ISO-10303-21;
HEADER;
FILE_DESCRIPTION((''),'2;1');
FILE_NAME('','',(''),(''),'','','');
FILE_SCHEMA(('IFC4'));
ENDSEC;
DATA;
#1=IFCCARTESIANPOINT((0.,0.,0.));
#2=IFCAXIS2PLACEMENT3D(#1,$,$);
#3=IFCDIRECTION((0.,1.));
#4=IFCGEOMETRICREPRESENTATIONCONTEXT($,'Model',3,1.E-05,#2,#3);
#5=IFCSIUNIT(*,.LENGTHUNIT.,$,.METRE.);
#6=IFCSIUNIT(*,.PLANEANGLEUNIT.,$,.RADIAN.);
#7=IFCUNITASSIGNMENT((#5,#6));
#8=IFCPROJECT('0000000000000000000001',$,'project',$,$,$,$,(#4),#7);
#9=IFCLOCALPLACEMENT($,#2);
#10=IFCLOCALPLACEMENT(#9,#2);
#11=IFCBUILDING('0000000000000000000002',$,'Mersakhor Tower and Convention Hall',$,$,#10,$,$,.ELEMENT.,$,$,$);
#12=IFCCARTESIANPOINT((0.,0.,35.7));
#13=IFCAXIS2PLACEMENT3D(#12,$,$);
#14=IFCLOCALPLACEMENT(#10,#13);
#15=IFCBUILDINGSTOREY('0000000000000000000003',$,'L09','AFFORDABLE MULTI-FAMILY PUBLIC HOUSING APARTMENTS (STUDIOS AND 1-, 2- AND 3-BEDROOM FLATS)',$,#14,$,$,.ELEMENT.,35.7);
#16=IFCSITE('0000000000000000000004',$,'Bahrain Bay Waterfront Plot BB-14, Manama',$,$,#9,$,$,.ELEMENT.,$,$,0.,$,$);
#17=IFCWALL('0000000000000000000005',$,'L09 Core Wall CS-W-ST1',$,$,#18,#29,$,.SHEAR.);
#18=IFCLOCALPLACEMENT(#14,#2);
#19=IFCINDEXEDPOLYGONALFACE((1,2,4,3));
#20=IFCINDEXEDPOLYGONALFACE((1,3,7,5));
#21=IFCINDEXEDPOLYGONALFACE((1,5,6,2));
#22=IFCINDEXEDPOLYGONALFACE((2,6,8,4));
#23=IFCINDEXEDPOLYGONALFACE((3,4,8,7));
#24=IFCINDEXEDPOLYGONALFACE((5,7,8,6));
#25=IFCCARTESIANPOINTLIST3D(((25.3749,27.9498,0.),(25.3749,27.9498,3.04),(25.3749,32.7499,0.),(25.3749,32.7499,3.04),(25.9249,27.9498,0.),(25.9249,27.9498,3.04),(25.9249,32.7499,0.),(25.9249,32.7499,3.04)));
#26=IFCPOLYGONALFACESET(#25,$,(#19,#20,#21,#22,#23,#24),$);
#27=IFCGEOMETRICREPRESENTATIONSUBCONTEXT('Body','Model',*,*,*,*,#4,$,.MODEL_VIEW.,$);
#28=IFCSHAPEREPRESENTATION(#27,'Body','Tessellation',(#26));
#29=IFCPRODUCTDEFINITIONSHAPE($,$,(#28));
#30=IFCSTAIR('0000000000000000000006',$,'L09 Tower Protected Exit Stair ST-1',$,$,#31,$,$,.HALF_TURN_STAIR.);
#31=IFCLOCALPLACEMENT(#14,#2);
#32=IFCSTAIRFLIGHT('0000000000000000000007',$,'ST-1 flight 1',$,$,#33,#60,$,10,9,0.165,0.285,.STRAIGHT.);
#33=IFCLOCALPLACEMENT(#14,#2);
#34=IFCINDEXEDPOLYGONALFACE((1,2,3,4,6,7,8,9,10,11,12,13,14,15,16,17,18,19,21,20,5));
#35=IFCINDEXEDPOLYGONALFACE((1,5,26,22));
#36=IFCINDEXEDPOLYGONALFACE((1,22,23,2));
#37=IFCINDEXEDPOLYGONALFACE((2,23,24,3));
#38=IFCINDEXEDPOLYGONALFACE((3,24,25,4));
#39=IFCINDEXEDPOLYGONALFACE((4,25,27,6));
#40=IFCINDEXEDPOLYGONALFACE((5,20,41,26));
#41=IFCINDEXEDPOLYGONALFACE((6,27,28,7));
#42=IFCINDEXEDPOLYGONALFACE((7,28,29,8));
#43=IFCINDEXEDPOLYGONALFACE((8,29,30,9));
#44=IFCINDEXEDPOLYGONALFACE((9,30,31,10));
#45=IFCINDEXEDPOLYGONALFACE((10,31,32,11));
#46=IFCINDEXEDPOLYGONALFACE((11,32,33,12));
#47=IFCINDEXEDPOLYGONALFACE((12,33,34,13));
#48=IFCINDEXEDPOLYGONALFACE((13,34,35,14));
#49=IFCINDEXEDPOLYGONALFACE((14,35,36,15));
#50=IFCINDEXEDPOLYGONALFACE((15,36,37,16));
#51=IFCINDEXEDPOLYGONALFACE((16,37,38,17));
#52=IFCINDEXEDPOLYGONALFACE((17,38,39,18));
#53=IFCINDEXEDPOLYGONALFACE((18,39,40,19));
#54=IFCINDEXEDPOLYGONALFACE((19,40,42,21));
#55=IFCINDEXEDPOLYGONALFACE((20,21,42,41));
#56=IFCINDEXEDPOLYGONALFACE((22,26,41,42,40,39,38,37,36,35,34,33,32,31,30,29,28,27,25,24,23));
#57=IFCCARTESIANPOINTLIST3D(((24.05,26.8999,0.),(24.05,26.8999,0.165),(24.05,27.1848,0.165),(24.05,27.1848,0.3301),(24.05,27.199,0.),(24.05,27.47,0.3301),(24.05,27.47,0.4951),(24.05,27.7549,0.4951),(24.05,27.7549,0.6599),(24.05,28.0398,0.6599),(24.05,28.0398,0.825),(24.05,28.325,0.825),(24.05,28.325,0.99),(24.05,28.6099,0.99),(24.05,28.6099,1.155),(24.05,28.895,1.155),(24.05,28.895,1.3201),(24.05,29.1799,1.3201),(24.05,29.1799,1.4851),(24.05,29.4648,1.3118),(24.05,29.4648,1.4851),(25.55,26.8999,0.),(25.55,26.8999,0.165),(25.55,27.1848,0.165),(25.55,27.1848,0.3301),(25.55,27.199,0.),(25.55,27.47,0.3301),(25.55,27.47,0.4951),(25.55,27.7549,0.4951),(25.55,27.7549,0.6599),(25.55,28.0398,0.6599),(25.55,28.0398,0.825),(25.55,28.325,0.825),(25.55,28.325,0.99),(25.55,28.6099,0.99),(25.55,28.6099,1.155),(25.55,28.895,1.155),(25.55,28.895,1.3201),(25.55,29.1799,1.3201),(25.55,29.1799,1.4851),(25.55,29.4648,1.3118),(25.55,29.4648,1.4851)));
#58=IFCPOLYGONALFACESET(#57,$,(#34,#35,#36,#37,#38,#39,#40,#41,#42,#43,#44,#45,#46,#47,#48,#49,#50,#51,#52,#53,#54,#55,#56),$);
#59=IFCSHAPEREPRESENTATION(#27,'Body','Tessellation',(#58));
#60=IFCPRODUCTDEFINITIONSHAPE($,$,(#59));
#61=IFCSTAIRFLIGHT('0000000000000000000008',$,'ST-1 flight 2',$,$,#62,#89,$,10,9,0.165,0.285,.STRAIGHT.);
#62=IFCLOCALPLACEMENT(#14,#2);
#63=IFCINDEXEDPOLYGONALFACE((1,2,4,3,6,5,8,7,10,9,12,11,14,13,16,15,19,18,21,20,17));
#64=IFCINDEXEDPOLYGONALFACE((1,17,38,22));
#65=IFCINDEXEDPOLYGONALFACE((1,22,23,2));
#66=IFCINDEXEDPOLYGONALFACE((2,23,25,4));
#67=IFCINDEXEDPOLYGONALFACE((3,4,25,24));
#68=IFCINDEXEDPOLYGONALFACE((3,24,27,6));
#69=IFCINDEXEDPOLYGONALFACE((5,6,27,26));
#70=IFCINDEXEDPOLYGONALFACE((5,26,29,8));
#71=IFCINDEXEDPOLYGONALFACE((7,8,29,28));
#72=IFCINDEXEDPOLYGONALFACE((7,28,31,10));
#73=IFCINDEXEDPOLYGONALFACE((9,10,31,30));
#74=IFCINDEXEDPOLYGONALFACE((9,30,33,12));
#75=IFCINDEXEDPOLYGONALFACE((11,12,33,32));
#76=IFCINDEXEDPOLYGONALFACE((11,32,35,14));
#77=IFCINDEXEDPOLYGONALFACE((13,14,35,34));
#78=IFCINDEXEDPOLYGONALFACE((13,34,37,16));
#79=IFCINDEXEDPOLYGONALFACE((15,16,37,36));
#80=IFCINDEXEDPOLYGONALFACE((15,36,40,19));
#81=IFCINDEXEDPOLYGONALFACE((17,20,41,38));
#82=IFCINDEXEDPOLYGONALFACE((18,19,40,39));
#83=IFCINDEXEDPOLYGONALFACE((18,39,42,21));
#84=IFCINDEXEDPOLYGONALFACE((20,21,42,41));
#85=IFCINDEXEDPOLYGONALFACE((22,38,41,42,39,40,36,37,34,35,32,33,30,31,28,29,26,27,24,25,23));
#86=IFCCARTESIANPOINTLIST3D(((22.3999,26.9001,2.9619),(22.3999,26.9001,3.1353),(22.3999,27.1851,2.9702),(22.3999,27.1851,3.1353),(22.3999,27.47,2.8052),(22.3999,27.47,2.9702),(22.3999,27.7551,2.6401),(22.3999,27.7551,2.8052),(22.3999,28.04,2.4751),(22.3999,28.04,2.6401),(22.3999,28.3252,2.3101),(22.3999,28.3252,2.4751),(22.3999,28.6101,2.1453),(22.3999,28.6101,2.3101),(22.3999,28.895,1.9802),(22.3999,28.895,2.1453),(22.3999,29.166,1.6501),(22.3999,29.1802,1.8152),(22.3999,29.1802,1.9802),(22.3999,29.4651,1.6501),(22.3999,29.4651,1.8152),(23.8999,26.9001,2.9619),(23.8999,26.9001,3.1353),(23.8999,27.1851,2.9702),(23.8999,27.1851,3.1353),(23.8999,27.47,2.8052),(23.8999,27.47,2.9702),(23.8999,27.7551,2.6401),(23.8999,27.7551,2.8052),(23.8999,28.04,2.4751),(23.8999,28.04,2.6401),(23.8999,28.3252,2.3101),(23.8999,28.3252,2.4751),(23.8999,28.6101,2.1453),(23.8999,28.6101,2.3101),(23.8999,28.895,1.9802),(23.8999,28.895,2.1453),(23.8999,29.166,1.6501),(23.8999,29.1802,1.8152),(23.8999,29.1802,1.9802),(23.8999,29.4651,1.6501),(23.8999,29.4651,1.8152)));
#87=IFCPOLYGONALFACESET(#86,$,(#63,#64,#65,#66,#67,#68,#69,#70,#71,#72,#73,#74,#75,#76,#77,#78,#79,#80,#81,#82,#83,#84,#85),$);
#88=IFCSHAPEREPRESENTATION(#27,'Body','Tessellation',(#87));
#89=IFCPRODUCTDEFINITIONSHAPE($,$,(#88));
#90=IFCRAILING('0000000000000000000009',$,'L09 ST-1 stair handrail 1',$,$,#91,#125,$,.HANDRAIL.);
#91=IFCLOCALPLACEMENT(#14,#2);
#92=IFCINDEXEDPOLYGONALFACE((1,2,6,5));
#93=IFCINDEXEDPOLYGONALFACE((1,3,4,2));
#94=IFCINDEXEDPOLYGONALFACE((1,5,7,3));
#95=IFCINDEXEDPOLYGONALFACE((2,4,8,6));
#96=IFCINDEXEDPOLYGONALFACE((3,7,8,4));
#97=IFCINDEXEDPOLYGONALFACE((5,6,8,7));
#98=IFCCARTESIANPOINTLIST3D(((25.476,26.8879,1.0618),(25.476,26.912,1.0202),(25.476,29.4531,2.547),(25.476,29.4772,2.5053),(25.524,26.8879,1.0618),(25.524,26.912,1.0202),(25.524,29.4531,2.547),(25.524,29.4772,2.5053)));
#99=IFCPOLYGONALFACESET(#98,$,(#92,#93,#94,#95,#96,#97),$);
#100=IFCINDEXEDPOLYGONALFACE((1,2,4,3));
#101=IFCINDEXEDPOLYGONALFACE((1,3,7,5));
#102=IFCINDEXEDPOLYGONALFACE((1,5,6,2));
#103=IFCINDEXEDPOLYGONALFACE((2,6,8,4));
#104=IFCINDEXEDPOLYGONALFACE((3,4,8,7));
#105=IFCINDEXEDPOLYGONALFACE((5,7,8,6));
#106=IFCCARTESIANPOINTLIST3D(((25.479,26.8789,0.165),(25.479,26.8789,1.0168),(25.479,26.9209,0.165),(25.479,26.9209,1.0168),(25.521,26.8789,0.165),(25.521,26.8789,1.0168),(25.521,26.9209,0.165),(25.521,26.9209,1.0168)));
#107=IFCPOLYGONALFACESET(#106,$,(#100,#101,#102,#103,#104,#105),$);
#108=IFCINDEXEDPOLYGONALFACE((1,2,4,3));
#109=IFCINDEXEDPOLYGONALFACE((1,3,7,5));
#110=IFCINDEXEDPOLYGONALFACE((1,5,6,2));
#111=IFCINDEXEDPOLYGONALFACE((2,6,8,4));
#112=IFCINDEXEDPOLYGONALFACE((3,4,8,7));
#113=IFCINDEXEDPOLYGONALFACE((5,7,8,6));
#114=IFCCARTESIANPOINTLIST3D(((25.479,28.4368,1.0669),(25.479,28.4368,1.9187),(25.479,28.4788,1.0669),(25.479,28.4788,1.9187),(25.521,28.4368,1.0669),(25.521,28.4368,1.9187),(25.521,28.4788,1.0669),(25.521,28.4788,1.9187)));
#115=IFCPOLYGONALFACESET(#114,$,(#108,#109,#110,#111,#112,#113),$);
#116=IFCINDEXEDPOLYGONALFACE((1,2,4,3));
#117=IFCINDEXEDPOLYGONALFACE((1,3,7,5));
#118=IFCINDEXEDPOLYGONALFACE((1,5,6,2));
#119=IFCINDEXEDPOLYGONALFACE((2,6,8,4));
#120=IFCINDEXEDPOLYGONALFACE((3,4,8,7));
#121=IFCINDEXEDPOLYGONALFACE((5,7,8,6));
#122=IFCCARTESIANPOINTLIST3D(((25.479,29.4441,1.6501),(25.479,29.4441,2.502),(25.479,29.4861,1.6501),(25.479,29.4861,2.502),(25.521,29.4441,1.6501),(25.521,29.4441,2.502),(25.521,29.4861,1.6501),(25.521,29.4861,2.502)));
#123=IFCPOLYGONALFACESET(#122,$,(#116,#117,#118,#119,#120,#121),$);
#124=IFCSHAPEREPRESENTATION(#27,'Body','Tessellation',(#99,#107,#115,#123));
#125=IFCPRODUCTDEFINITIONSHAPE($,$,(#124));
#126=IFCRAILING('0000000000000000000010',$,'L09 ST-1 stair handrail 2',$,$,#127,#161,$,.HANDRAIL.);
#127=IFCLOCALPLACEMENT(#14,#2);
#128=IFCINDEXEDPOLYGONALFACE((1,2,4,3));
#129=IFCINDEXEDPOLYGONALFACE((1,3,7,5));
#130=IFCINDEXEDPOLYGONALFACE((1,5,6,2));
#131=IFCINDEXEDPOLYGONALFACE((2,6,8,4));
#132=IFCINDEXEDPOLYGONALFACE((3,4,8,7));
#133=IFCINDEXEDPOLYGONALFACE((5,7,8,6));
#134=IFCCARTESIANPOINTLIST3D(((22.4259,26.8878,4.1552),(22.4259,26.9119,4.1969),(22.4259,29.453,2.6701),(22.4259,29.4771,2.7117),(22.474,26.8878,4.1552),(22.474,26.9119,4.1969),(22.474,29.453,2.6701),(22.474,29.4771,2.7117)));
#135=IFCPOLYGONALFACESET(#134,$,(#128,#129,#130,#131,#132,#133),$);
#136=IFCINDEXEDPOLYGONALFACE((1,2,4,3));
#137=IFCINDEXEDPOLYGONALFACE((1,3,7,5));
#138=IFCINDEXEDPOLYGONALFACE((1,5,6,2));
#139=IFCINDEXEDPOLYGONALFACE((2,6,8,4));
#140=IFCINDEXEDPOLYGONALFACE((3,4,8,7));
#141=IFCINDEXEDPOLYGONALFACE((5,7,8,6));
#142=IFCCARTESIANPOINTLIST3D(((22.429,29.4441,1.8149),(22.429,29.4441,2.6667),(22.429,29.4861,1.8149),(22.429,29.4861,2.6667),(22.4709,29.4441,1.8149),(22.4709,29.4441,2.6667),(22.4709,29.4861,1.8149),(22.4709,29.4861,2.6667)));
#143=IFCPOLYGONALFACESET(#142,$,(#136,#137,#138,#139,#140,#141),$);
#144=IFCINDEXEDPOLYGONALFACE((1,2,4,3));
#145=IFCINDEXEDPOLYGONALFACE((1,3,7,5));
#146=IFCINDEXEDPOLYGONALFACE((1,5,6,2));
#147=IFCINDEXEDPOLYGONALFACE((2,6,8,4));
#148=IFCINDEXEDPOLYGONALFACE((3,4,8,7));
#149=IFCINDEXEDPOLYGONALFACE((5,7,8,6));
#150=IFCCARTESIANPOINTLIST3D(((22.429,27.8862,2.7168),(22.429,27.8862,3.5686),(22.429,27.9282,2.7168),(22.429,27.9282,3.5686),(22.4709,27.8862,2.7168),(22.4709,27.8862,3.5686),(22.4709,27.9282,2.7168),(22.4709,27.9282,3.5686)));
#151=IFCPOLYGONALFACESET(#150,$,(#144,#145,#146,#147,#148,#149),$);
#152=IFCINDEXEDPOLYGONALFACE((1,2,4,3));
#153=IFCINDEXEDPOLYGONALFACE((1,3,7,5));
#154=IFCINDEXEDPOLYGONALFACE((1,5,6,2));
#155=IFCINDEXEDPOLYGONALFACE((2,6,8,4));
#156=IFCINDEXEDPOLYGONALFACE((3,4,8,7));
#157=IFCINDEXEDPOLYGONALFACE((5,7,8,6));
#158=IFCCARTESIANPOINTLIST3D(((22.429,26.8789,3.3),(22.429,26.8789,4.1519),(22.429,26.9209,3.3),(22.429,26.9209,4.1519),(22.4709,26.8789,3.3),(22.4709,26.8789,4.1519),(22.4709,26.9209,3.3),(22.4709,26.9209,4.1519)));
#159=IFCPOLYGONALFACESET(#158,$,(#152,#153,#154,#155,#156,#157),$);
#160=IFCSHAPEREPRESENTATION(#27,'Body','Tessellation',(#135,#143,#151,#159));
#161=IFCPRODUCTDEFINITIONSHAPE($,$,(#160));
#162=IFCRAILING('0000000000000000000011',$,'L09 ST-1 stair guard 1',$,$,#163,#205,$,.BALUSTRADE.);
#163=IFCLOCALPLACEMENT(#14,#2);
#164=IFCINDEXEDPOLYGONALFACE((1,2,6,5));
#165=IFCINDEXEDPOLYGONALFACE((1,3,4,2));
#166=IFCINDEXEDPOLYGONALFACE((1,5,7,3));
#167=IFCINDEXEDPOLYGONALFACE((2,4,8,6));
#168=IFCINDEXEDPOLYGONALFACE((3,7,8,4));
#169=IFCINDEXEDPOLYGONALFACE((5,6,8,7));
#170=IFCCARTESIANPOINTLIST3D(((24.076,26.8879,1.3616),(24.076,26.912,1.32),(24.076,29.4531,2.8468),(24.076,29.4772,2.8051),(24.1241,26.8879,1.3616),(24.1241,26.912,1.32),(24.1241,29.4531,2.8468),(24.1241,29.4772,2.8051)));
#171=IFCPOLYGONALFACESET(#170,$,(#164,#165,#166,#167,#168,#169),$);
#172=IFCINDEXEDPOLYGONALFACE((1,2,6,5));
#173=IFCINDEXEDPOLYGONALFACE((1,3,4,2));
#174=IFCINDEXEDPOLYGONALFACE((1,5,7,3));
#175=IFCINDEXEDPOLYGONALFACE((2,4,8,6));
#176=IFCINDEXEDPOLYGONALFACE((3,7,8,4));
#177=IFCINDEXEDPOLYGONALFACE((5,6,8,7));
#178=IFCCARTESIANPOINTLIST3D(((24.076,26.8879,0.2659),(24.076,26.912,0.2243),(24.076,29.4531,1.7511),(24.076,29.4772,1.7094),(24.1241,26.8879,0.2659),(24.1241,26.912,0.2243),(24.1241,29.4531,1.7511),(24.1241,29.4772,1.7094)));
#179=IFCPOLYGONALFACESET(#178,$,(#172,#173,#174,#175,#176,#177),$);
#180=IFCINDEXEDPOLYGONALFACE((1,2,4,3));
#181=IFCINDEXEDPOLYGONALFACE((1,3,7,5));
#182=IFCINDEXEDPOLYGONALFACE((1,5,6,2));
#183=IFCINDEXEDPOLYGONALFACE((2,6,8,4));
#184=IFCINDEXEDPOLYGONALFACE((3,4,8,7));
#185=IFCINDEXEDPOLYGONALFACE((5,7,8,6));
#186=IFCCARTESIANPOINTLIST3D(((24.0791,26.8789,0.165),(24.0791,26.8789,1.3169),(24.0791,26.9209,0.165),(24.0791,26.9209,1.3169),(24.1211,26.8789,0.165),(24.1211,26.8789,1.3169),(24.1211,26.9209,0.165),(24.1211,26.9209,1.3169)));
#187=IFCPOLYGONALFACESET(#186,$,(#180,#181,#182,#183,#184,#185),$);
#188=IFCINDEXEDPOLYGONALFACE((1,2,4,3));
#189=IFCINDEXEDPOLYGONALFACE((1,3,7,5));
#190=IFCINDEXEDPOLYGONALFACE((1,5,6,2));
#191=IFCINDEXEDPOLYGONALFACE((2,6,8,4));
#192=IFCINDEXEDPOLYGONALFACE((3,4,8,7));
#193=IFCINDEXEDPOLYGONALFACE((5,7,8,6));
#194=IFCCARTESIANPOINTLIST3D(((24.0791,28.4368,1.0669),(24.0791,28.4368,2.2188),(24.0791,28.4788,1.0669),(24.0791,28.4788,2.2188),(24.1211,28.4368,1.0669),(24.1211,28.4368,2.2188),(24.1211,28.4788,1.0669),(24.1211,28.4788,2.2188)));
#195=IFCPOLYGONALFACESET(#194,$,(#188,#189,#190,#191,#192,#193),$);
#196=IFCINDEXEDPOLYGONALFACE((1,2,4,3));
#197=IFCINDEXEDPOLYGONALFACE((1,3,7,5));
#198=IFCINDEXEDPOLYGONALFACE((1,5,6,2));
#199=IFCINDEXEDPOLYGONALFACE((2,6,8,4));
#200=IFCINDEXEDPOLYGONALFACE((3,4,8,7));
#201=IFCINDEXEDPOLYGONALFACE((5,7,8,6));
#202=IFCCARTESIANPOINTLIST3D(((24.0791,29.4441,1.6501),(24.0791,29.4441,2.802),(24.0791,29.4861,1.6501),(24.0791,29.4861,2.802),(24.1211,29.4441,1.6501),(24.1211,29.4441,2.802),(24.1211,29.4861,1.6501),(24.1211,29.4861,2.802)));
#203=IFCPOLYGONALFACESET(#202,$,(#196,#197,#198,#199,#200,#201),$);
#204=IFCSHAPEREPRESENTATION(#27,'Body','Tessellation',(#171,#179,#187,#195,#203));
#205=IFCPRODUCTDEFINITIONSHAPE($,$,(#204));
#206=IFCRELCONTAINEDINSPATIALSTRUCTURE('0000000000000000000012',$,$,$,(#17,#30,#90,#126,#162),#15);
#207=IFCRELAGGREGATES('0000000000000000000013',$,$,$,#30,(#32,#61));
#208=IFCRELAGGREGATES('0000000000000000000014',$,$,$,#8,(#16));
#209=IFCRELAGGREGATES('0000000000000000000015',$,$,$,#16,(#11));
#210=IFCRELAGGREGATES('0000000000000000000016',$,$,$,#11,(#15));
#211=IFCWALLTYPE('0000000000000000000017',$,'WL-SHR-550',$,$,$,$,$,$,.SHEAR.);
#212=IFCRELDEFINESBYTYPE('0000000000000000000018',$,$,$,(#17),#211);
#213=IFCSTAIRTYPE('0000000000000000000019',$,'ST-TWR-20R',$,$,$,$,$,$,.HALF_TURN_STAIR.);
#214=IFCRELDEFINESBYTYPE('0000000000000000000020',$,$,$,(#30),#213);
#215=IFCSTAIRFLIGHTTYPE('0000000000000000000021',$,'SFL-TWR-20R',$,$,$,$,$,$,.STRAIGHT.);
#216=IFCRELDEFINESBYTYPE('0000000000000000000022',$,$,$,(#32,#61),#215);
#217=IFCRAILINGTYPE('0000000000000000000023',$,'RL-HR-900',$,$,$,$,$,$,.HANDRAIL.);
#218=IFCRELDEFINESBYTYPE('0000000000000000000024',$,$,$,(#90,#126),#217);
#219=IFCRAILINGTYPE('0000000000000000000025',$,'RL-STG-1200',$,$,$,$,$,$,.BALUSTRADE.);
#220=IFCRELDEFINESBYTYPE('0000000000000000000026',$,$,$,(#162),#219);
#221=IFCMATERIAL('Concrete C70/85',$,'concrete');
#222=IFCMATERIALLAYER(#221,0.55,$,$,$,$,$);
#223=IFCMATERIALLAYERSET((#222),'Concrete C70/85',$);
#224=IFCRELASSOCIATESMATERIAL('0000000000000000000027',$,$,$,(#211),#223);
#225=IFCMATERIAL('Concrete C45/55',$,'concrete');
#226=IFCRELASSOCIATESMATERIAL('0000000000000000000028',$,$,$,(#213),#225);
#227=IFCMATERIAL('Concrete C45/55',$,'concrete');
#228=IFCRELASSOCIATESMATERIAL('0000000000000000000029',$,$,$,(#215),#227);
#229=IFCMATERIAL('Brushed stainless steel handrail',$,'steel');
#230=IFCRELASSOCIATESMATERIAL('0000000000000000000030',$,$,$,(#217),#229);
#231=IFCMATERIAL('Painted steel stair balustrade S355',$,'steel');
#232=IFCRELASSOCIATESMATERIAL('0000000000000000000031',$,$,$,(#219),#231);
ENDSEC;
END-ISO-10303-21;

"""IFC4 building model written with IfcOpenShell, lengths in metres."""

from ifc_helpers import new_model, si_unit, direction, frame, frame_2d, origin, origin_2d, place, context, subcontext, project, spatial, polyline, rectangle, outline, extrude, material, layer, layer_set, type_object, element, aggregate, save


model = new_model("IFC4")

# Units and contexts
model_context = context("Model", 3, precision=1e-05, world=origin(), true_north=direction((0.0, 1.0)))
body_context = subcontext(model_context, "Body", "Model", "MODEL_VIEW")
ifc_project = project(units=[si_unit("LENGTHUNIT", "METRE"), si_unit("PLANEANGLEUNIT", "RADIAN")], contexts=[model_context])

# Site, building, storey
site_placement = place(None, origin())
site = spatial("IfcSite", under=ifc_project, at=site_placement, Name="Bahrain Bay Waterfront Plot BB-14, Manama", CompositionType="ELEMENT", RefElevation=0.0)
building_placement = place(site_placement, origin())
building = spatial("IfcBuilding", under=site, at=building_placement, Name="Mersakhor Tower and Convention Hall", CompositionType="ELEMENT")
storey_placement = place(building_placement, frame((0.0, 0.0, 35.7)))
storey = spatial("IfcBuildingStorey", under=building, at=storey_placement, Name="L09", Description="AFFORDABLE MULTI-FAMILY PUBLIC HOUSING APARTMENTS (STUDIOS AND 1-, 2- AND 3-BEDROOM FLATS)", CompositionType="ELEMENT", Elevation=35.7)

# Shared definitions
ifc_material_1 = material(Name="Concrete C70/85", Category="concrete")
ifc_layer_1 = layer(ifc_material_1, 0.55)
ifc_layer_set_1 = layer_set([ifc_layer_1], Name="Concrete C70/85")
wall_type_1 = type_object("IfcWallType", Name="WL-SHR-550", PredefinedType="SHEAR", material=ifc_layer_set_1)

# Wall
wall_1_placement = place(storey_placement, frame((25.6499, 27.95, 0.0), z_axis=(0.0, 0.0, 1.0), x_axis=(0.0, 1.0, 0.0)))
element("IfcWall", 1, at=wall_1_placement, inside=storey, type_object=wall_type_1, Name="L09 Core Wall CS-W-ST1", PredefinedType="SHEAR", context=body_context, shape_type="SweptSolid", body=[
    extrude(rectangle(XDim=4.8, YDim=0.55, at=frame_2d((2.3999, 0.0))), origin(), (0.0, 0.0, 1.0), 3.04),
])

# Stair, stair flights
ifc_material_2 = material(Name="Concrete C45/55", Category="concrete")
stair_type = type_object("IfcStairType", Name="ST-TWR-20R", PredefinedType="HALF_TURN_STAIR", material=ifc_material_2)
stair_placement = place(storey_placement, origin())
stair = element("IfcStair", 2, at=stair_placement, inside=storey, type_object=stair_type, Name="L09 Tower Protected Exit Stair ST-1", PredefinedType="HALF_TURN_STAIR")
ifc_material_3 = material(Name="Concrete C45/55", Category="concrete")
stair_flight_type = type_object("IfcStairFlightType", Name="SFL-TWR-20R", PredefinedType="STRAIGHT", material=ifc_material_3)
stair_flight_1_placement = place(storey_placement, frame((24.8, 26.8999, 0.0), z_axis=(0.0, 0.0, 1.0), x_axis=(0.0, 1.0, 0.0)))
stair_flight_1 = element("IfcStairFlight", 3, at=stair_flight_1_placement, type_object=stair_flight_type, Name="ST-1 flight 1", NumberOfRisers=10, NumberOfTreads=9, PredefinedType="STRAIGHT", RiserHeight=0.165, TreadLength=0.285, context=body_context, shape_type="SweptSolid", body=[
    extrude(outline(polyline([(0.0, 0.0), (0.0, 0.165), (0.2849, 0.165), (0.2849, 0.3301), (0.5701, 0.3301), (0.5701, 0.4951), (0.855, 0.4951), (0.855, 0.6599), (1.1399, 0.6599), (1.1399, 0.825), (1.425, 0.825), (1.425, 0.99), (1.71, 0.99), (1.71, 1.155), (1.9951, 1.155), (1.9951, 1.3201), (2.28, 1.3201), (2.28, 1.4851), (2.5649, 1.4851), (2.5649, 1.6499), (2.5649, 1.3118), (0.2991, 0.0), (0.0, 0.0)])), frame((0.0, 0.75, 0.0), z_axis=(0.0, -1.0, 0.0), x_axis=(1.0, 0.0, 0.0)), (0.0, 0.0, 1.0), 1.5),
])
stair_flight_2_placement = place(storey_placement, frame((23.1499, 29.4651, 1.6501), z_axis=(0.0, 0.0, 1.0), x_axis=(0.0, -1.0, 0.0)))
stair_flight_2 = element("IfcStairFlight", 4, at=stair_flight_2_placement, type_object=stair_flight_type, Name="ST-1 flight 2", NumberOfRisers=10, NumberOfTreads=9, PredefinedType="STRAIGHT", RiserHeight=0.165, TreadLength=0.285, context=body_context, shape_type="SweptSolid", body=[
    extrude(outline(polyline([(0.0, 0.0), (0.0, 0.165), (0.2849, 0.165), (0.2849, 0.3301), (0.5701, 0.3301), (0.5701, 0.4951), (0.855, 0.4951), (0.855, 0.6599), (1.1399, 0.6599), (1.1399, 0.825), (1.425, 0.825), (1.425, 0.99), (1.71, 0.99), (1.71, 1.155), (1.9951, 1.155), (1.9951, 1.3201), (2.28, 1.3201), (2.28, 1.4851), (2.5649, 1.4851), (2.5649, 1.6499), (2.5649, 1.3118), (0.2991, 0.0), (0.0, 0.0)])), frame((0.0, 0.75, 0.0), z_axis=(0.0, -1.0, 0.0), x_axis=(1.0, 0.0, 0.0)), (0.0, 0.0, 1.0), 1.5),
])
aggregate(stair, [stair_flight_1, stair_flight_2])

# Railings
ifc_material_4 = material(Name="Brushed stainless steel handrail", Category="steel")
railing_type_1 = type_object("IfcRailingType", Name="RL-HR-900", PredefinedType="HANDRAIL", material=ifc_material_4)
railing_1_placement = place(storey_placement, frame((25.5, 26.8999, 0.165)))
element("IfcRailing", 5, at=railing_1_placement, inside=storey, type_object=railing_type_1, Name="L09 ST-1 stair handrail 1", PredefinedType="HANDRAIL", context=body_context, shape_type="SweptSolid", body=[
    extrude(rectangle(XDim=0.0481, YDim=0.0481, at=origin_2d()), frame((0.0, 0.0, 0.876), z_axis=(0.0, 0.865426, 0.501036), x_axis=(-1.0, 0.0, 0.0)), (0.0, 0.0, 1.0), 2.9641),
    extrude(rectangle(XDim=0.042, YDim=0.042, at=origin_2d()), origin(), (0.0, 0.0, 1.0), 0.8518),
    extrude(rectangle(XDim=0.042, YDim=0.042, at=origin_2d()), frame((0.0, 1.5579, 0.9019)), (0.0, 0.0, 1.0), 0.8518),
    extrude(rectangle(XDim=0.042, YDim=0.042, at=origin_2d()), frame((0.0, 2.5652, 1.4851)), (0.0, 0.0, 1.0), 0.8518),
])
railing_2_placement = place(storey_placement, frame((22.45, 29.4651, 1.8149)))
element("IfcRailing", 6, at=railing_2_placement, inside=storey, type_object=railing_type_1, Name="L09 ST-1 stair handrail 2", PredefinedType="HANDRAIL", context=body_context, shape_type="SweptSolid", body=[
    extrude(rectangle(XDim=0.0481, YDim=0.0481, at=origin_2d()), frame((0.0, 0.0, 0.876), z_axis=(0.0, -0.865426, 0.501036), x_axis=(1.0, 0.0, 0.0)), (0.0, 0.0, 1.0), 2.9641),
    extrude(rectangle(XDim=0.042, YDim=0.042, at=origin_2d()), origin(), (0.0, 0.0, 1.0), 0.8518),
    extrude(rectangle(XDim=0.042, YDim=0.042, at=origin_2d()), frame((0.0, -1.5579, 0.9019)), (0.0, 0.0, 1.0), 0.8518),
    extrude(rectangle(XDim=0.042, YDim=0.042, at=origin_2d()), frame((0.0, -2.5652, 1.4851)), (0.0, 0.0, 1.0), 0.8518),
])
ifc_material_5 = material(Name="Painted steel stair balustrade S355", Category="steel")
railing_type_2 = type_object("IfcRailingType", Name="RL-STG-1200", PredefinedType="BALUSTRADE", material=ifc_material_5)
railing_3_placement = place(storey_placement, frame((24.1001, 26.8999, 0.165)))
element("IfcRailing", 7, at=railing_3_placement, inside=storey, type_object=railing_type_2, Name="L09 ST-1 stair guard 1", PredefinedType="BALUSTRADE", context=body_context, shape_type="SweptSolid", body=[
    extrude(rectangle(XDim=0.0481, YDim=0.0481, at=origin_2d()), frame((0.0, 0.0, 1.1758), z_axis=(0.0, 0.865426, 0.501036), x_axis=(-1.0, 0.0, 0.0)), (0.0, 0.0, 1.0), 2.9641),
    extrude(rectangle(XDim=0.0481, YDim=0.0481, at=origin_2d()), frame((0.0, 0.0, 0.0801), z_axis=(0.0, 0.865426, 0.501036), x_axis=(-1.0, 0.0, 0.0)), (0.0, 0.0, 1.0), 2.9641),
    extrude(rectangle(XDim=0.042, YDim=0.042, at=origin_2d()), origin(), (0.0, 0.0, 1.0), 1.1519),
    extrude(rectangle(XDim=0.042, YDim=0.042, at=origin_2d()), frame((0.0, 1.5579, 0.9019)), (0.0, 0.0, 1.0), 1.1519),
    extrude(rectangle(XDim=0.042, YDim=0.042, at=origin_2d()), frame((0.0, 2.5652, 1.4851)), (0.0, 0.0, 1.0), 1.1519),
])

save(model, "model.ifc")
